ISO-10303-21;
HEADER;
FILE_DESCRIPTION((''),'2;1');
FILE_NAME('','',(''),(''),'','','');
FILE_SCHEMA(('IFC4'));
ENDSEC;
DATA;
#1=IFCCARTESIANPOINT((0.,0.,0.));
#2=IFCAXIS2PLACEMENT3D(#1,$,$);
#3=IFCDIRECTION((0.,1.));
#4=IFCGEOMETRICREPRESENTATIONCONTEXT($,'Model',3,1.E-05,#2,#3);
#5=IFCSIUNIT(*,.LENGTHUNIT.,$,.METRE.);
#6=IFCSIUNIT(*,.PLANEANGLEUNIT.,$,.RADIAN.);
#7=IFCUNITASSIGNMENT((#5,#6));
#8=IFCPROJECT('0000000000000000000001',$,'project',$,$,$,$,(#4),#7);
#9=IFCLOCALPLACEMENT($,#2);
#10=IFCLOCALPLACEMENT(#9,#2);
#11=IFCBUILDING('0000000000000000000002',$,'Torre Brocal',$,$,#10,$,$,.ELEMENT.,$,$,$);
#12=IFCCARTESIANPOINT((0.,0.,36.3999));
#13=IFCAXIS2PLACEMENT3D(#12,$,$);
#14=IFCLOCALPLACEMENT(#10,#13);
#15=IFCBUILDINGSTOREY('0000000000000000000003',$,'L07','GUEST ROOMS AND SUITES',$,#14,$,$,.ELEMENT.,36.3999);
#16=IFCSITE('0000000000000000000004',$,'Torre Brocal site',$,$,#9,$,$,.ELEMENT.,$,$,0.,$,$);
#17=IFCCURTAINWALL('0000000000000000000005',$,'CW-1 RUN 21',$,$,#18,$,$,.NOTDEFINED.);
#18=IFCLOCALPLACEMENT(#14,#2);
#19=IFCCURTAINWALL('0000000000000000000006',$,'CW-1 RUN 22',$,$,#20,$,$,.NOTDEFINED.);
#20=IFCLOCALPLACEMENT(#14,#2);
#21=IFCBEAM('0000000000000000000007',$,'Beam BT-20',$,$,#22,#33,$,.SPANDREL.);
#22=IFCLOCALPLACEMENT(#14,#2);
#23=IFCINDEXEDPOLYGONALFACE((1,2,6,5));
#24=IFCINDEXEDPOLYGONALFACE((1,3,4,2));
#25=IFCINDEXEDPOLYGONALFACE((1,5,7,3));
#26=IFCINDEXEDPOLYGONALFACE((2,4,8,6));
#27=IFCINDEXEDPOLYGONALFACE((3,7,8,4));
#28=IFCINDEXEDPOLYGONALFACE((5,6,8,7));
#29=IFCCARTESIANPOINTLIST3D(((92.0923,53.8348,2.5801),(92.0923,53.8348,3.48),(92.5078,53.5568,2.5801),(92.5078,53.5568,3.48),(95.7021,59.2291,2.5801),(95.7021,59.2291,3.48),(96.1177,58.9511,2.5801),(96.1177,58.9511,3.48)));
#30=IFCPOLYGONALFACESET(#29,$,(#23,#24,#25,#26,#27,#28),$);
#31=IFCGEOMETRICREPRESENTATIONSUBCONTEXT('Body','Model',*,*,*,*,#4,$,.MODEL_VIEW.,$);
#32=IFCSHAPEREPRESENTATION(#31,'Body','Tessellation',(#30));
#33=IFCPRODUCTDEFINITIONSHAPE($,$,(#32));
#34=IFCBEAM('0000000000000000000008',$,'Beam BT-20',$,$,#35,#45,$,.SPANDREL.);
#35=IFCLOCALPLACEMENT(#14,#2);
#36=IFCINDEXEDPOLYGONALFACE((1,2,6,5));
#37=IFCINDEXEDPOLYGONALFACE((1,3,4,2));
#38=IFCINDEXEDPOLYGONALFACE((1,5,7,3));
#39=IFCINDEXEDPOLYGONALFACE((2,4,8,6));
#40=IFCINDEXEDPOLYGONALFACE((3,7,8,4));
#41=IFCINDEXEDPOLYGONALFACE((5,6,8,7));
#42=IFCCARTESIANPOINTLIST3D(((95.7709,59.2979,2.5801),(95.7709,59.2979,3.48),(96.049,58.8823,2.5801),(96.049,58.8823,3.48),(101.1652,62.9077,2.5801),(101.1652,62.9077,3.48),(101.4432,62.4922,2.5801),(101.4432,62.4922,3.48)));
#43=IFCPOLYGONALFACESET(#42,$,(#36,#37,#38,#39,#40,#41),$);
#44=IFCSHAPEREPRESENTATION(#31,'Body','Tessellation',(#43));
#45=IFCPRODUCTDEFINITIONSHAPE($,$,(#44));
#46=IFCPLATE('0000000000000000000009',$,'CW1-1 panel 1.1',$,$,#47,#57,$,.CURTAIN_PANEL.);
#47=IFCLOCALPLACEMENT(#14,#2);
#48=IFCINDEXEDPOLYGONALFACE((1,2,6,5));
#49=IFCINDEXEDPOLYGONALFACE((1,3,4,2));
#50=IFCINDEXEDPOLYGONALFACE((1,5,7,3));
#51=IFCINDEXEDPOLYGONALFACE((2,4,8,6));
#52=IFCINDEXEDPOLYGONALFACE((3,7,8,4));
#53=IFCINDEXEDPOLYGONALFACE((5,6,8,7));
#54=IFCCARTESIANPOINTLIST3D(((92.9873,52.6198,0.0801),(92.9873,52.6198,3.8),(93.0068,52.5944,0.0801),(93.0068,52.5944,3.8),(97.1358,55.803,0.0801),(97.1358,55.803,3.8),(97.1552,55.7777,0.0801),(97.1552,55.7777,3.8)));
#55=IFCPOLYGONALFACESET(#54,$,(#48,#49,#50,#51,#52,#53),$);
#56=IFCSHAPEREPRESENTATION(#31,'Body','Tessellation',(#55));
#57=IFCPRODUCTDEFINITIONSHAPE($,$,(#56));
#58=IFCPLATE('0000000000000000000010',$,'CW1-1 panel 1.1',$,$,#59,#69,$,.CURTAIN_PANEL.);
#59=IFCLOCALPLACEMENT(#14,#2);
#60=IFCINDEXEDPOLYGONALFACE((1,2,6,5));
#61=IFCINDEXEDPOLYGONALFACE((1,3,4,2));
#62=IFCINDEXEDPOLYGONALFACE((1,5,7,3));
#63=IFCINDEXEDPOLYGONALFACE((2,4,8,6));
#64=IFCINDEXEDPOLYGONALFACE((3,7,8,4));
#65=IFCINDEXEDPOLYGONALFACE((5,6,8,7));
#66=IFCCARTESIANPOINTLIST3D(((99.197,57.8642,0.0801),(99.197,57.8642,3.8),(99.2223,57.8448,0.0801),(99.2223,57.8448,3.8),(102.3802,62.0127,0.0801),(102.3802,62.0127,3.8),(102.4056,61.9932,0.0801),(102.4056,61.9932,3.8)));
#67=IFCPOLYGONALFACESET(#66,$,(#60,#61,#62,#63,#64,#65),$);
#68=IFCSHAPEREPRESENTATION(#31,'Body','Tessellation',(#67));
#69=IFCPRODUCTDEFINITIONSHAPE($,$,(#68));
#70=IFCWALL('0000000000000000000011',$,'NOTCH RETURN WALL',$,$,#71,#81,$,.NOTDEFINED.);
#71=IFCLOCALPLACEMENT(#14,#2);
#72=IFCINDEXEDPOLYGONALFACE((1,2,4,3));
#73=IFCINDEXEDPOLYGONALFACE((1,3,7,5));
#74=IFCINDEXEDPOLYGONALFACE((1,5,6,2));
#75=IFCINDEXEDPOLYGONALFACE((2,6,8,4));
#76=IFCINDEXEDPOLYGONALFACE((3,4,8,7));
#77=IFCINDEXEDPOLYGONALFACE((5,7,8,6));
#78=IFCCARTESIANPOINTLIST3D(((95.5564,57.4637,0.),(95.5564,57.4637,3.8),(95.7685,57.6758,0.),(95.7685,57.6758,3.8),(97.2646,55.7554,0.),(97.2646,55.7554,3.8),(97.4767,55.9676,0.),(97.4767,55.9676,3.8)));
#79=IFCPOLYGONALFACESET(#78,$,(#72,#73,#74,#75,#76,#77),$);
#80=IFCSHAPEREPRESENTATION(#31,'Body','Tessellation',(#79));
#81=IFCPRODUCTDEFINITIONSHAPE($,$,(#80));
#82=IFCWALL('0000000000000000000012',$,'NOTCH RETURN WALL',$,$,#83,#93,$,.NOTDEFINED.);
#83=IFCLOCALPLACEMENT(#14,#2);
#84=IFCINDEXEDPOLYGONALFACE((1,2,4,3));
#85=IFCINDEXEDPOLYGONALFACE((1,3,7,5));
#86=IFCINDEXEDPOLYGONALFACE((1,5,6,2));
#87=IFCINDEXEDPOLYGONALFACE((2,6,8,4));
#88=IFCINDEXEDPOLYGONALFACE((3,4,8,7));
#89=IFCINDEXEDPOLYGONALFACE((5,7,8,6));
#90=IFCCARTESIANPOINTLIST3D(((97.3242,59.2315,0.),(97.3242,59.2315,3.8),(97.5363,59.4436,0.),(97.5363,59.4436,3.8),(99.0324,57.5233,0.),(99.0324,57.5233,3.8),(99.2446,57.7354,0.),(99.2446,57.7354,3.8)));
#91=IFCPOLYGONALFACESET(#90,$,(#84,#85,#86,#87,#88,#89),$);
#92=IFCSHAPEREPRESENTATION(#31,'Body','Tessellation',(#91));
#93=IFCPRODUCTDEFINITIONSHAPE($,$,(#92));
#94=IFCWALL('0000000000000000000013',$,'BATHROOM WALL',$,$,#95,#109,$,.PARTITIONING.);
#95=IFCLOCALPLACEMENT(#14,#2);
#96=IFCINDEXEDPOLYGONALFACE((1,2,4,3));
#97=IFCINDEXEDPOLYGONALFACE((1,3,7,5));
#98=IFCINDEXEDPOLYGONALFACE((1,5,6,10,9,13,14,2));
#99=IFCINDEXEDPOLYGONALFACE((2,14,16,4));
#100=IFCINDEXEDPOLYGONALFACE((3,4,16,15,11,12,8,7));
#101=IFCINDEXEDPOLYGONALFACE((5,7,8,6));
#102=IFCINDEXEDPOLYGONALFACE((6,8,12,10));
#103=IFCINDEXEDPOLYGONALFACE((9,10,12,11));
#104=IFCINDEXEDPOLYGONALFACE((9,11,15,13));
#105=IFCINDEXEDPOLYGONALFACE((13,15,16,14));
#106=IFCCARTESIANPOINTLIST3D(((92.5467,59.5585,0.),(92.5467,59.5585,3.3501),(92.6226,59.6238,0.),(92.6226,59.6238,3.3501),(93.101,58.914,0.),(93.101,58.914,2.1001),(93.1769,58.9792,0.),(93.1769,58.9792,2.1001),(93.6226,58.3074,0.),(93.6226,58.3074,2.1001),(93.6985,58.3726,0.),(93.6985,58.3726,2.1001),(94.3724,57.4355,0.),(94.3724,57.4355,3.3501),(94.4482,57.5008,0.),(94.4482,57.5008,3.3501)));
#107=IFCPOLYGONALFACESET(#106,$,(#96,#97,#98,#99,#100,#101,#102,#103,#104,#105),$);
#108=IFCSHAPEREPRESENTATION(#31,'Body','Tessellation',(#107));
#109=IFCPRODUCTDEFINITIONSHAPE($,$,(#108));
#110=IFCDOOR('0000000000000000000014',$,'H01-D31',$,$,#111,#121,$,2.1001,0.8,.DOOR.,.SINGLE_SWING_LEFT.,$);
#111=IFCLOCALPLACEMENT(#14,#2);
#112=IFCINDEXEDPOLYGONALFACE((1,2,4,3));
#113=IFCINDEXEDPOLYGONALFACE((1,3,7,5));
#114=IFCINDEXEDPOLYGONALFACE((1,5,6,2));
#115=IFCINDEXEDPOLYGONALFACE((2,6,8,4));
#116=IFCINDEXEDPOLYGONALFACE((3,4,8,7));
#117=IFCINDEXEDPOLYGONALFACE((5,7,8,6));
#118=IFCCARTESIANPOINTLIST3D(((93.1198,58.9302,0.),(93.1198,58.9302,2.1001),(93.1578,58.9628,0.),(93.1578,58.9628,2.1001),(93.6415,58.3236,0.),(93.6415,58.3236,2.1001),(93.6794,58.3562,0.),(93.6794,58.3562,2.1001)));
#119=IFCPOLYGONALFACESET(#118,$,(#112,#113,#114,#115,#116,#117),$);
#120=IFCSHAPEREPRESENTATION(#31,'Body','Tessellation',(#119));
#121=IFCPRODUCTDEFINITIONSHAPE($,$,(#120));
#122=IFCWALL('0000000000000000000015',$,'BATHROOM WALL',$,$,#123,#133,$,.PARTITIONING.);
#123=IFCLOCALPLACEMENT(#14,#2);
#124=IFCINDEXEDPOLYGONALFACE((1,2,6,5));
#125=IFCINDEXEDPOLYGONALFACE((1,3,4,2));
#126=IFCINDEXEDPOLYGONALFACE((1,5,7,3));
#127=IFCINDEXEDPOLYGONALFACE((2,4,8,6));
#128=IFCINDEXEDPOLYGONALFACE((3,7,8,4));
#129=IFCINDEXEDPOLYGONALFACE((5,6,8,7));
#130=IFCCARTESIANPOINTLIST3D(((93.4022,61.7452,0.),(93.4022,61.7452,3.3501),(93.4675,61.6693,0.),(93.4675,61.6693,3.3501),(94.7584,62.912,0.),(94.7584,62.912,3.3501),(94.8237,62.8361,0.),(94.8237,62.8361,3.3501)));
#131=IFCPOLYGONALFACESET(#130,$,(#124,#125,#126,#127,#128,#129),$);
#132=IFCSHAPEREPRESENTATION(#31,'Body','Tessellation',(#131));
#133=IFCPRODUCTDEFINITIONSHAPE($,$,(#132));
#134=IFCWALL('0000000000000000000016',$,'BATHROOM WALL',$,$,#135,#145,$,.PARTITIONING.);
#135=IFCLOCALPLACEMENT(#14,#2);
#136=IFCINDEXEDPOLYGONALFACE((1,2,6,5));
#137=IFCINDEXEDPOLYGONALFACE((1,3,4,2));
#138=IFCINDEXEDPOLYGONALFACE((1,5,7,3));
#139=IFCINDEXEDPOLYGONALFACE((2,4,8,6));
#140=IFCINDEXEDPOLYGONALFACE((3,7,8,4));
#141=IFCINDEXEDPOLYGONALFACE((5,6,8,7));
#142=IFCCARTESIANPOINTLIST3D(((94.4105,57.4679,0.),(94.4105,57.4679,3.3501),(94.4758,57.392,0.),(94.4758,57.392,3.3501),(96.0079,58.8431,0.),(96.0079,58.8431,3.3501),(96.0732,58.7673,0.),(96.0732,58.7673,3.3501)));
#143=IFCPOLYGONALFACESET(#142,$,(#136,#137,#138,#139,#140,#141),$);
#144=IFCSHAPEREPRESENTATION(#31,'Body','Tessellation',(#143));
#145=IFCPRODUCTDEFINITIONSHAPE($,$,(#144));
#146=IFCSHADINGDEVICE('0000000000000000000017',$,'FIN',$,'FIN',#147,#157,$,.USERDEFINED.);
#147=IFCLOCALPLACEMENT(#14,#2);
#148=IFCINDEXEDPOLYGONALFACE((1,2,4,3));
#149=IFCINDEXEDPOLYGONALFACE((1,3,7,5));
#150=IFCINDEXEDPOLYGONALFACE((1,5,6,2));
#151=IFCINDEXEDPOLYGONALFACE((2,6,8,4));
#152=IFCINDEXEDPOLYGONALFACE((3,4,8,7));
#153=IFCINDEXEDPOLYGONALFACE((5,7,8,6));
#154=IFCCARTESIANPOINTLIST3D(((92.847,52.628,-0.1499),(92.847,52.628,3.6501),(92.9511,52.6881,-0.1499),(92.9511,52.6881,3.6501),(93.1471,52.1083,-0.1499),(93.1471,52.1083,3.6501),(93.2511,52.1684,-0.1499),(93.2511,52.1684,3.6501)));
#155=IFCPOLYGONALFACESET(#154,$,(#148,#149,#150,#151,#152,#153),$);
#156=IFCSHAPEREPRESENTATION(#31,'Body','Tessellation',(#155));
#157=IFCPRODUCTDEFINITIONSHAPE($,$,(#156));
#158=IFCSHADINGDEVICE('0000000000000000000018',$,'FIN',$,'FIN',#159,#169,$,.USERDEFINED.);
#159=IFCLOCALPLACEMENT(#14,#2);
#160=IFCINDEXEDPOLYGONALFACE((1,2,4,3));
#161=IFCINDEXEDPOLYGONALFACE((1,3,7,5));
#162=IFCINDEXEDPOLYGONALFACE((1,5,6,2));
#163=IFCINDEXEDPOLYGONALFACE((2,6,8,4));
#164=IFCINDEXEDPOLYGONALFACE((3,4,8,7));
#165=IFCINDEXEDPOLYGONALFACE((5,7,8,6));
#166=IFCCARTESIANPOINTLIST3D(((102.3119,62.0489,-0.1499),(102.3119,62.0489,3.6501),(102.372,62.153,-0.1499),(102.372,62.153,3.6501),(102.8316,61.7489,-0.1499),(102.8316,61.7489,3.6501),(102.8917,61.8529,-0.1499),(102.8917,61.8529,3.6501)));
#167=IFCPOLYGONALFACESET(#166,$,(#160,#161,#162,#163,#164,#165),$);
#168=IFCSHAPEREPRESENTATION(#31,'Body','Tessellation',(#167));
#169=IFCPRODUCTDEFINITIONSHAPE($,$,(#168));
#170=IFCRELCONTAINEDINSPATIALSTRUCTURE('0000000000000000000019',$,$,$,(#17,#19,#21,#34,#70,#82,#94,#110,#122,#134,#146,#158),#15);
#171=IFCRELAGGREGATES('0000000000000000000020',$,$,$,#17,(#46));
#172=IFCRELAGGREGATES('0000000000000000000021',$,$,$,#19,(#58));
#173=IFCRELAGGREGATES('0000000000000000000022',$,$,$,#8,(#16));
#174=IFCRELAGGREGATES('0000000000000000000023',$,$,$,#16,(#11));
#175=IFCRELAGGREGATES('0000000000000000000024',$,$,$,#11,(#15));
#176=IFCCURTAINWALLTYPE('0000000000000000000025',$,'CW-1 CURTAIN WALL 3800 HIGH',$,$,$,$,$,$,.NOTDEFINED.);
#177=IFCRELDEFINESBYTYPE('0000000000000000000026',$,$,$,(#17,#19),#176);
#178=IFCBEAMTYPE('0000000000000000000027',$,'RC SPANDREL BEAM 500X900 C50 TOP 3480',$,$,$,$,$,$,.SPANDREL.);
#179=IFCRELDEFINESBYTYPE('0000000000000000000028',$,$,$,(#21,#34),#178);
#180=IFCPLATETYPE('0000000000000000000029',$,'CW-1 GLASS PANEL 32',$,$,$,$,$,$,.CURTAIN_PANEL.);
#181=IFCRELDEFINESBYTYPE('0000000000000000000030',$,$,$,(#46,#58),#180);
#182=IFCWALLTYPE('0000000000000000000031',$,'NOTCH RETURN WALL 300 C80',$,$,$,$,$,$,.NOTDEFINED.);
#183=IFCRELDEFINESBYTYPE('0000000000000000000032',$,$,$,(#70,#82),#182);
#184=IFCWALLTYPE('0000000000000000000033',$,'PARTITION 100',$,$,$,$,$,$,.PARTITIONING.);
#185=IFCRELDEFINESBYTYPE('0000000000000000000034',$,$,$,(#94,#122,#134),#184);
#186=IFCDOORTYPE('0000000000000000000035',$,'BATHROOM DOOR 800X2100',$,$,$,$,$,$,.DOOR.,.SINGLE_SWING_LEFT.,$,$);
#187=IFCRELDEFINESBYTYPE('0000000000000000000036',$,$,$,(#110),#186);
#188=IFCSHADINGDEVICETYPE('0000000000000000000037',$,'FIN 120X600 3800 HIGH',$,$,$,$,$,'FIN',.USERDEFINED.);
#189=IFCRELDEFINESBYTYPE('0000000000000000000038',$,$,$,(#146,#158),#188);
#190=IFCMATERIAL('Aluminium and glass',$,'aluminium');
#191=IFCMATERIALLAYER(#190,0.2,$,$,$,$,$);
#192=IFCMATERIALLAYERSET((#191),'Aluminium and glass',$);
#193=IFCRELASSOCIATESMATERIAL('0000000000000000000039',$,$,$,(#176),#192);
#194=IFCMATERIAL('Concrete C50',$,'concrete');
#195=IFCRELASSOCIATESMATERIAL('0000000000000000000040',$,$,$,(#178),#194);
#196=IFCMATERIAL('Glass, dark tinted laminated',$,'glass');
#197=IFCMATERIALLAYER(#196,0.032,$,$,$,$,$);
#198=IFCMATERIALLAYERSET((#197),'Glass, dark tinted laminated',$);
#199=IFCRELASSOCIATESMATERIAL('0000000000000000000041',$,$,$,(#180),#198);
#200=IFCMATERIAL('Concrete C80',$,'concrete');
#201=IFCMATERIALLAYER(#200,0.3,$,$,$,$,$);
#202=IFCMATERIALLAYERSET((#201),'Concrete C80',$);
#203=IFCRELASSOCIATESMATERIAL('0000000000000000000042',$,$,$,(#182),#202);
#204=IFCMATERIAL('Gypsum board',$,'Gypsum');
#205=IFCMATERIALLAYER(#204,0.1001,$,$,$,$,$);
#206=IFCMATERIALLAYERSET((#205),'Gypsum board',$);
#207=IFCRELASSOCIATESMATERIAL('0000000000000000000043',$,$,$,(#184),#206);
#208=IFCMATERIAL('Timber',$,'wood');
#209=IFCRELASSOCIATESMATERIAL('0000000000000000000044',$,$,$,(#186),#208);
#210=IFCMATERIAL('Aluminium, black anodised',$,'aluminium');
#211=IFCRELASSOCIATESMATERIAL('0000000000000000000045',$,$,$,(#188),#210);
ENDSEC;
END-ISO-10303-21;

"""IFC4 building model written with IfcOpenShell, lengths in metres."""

from ifc_helpers import new_model, si_unit, direction, frame, frame_2d, origin, origin_2d, place, context, subcontext, project, spatial, rectangle, extrude, material, layer, layer_set, material_profile, profile_set, type_object, element, fill, aggregate, save


model = new_model("IFC4")

# Units and contexts
model_context = context("Model", 3, precision=1e-05, world=origin(), true_north=direction((0.0, 1.0)))
body_context = subcontext(model_context, "Body", "Model", "MODEL_VIEW")
ifc_project = project(units=[si_unit("LENGTHUNIT", "METRE"), si_unit("PLANEANGLEUNIT", "RADIAN")], contexts=[model_context])

# Site, building, storey
site_placement = place(None, origin())
site = spatial("IfcSite", under=ifc_project, at=site_placement, Name="Torre Brocal site", CompositionType="ELEMENT", RefElevation=0.0)
building_placement = place(site_placement, origin())
building = spatial("IfcBuilding", under=site, at=building_placement, Name="Torre Brocal", CompositionType="ELEMENT")
storey_placement = place(building_placement, frame((0.0, 0.0, 36.3999)))
storey = spatial("IfcBuildingStorey", under=building, at=storey_placement, Name="L07", Description="GUEST ROOMS AND SUITES", CompositionType="ELEMENT", Elevation=36.3999)

# Shared definitions
ifc_material_1 = material(Name="Aluminium and glass", Category="aluminium")
ifc_layer_1 = layer(ifc_material_1, 0.2)
ifc_layer_set_1 = layer_set([ifc_layer_1], Name="Aluminium and glass")
curtain_wall_type = type_object("IfcCurtainWallType", Name="CW-1 CURTAIN WALL 3800 HIGH", PredefinedType="NOTDEFINED", material=ifc_layer_set_1)

# Curtain walls
curtain_wall_1_placement = place(storey_placement, origin())
curtain_wall_1 = element("IfcCurtainWall", 1, at=curtain_wall_1_placement, inside=storey, type_object=curtain_wall_type, Name="CW-1 RUN 21", PredefinedType="NOTDEFINED")
curtain_wall_2_placement = place(storey_placement, origin())
curtain_wall_2 = element("IfcCurtainWall", 2, at=curtain_wall_2_placement, inside=storey, type_object=curtain_wall_type, Name="CW-1 RUN 22", PredefinedType="NOTDEFINED")

# Beams
ifc_material_2 = material(Name="Concrete C50", Category="concrete")
ifc_material_profile_1 = material_profile(ifc_material_2, rectangle(XDim=0.5, YDim=0.8999, at=origin_2d()), Name="RC 500X900")
ifc_profile_set_1 = profile_set([ifc_material_profile_1], Name="Concrete C50")
beam_type_1 = type_object("IfcBeamType", Name="RC SPANDREL BEAM 500X900 C50 TOP 3480", PredefinedType="SPANDREL", material=ifc_profile_set_1)
for number, where, z_axis, x_axis, name in (
    (3, (92.3, 53.6958, 3.03), (0.556158, 0.831077, 0.0), (-0.831077, 0.556158, 0.0), "Beam BT-20"),
    (4, (95.9099, 59.0901, 3.03), (0.831077, 0.556158, 0.0), (-0.556158, 0.831077, 0.0), "Beam BT-20"),
):
    element("IfcBeam", number, at=place(storey_placement, frame(where, z_axis=z_axis, x_axis=x_axis)), inside=storey, type_object=beam_type_1, Name=name, PredefinedType="SPANDREL", context=body_context, shape_type="SweptSolid", body=[
        extrude(rectangle(XDim=0.5, YDim=0.8999, at=origin_2d()), origin(), (0.0, 0.0, 1.0), 6.4907),
    ])

# Plates
ifc_material_3 = material(Name="Glass, dark tinted laminated", Category="glass")
ifc_layer_2 = layer(ifc_material_3, 0.032)
ifc_layer_set_2 = layer_set([ifc_layer_2], Name="Glass, dark tinted laminated")
plate_type = type_object("IfcPlateType", Name="CW-1 GLASS PANEL 32", PredefinedType="CURTAIN_PANEL", material=ifc_layer_set_2)
plate_1_placement = place(storey_placement, frame((95.0713, 54.1987, 0.0801), z_axis=(0.0, 0.0, 1.0), x_axis=(0.793353, 0.608761, 0.0)))
plate_1 = element("IfcPlate", 5, at=plate_1_placement, type_object=plate_type, Name="CW1-1 panel 1.1", PredefinedType="CURTAIN_PANEL", context=body_context, shape_type="SweptSolid", body=[
    extrude(rectangle(XDim=5.229, YDim=0.032, at=origin_2d()), origin(), (0.0, 0.0, 1.0), 3.72),
])
aggregate(curtain_wall_1, [plate_1])
plate_2_placement = place(storey_placement, frame((100.8013, 59.9287, 0.0801), z_axis=(0.0, 0.0, 1.0), x_axis=(0.608761, 0.793353, 0.0)))
plate_2 = element("IfcPlate", 6, at=plate_2_placement, type_object=plate_type, Name="CW1-1 panel 1.1", PredefinedType="CURTAIN_PANEL", context=body_context, shape_type="SweptSolid", body=[
    extrude(rectangle(XDim=5.229, YDim=0.032, at=origin_2d()), origin(), (0.0, 0.0, 1.0), 3.72),
])
aggregate(curtain_wall_2, [plate_2])

# Walls
ifc_material_4 = material(Name="Concrete C80", Category="concrete")
ifc_layer_3 = layer(ifc_material_4, 0.3)
ifc_layer_set_3 = layer_set([ifc_layer_3], Name="Concrete C80")
wall_type_1 = type_object("IfcWallType", Name="NOTCH RETURN WALL 300 C80", PredefinedType="NOTDEFINED", material=ifc_layer_set_3)
for number, where, z_axis, x_axis, name in (
    (7, (95.6624, 57.5698, 0.0), (0.0, 0.0, 1.0), (0.707107, -0.707107, 0.0), "NOTCH RETURN WALL"),
    (8, (97.4302, 59.3376, 0.0), (0.0, 0.0, 1.0), (0.707107, -0.707107, 0.0), "NOTCH RETURN WALL"),
):
    element("IfcWall", number, at=place(storey_placement, frame(where, z_axis=z_axis, x_axis=x_axis)), inside=storey, type_object=wall_type_1, Name=name, PredefinedType="NOTDEFINED", context=body_context, shape_type="SweptSolid", body=[
        extrude(rectangle(XDim=2.4158, YDim=0.3, at=frame_2d((1.208, 0.0))), origin(), (0.0, 0.0, 1.0), 3.8),
    ])

# Wall, opening, door
ifc_material_5 = material(Name="Gypsum board", Category="Gypsum")
ifc_layer_4 = layer(ifc_material_5, 0.1001)
ifc_layer_set_4 = layer_set([ifc_layer_4], Name="Gypsum board")
wall_type_2 = type_object("IfcWallType", Name="PARTITION 100", PredefinedType="PARTITIONING", material=ifc_layer_set_4)
wall_1_placement = place(storey_placement, frame((92.5847, 59.5911, 0.0), z_axis=(0.0, 0.0, 1.0), x_axis=(0.652011, -0.758209, 0.0)))
wall_1 = element("IfcWall", 9, at=wall_1_placement, inside=storey, type_object=wall_type_2, Name="BATHROOM WALL", PredefinedType="PARTITIONING", context=body_context, shape_type="SweptSolid", body=[
    extrude(rectangle(XDim=2.8, YDim=0.1001, at=frame_2d((1.3999, 0.0))), origin(), (0.0, 0.0, 1.0), 3.3501),
])
opening_placement = place(wall_1_placement, frame((0.8501, 0.0, 0.0)))
opening = element("IfcOpeningElement", 10, at=opening_placement, cuts=wall_1, PredefinedType="OPENING", context=body_context, shape_type="SweptSolid", body=[
    extrude(rectangle(XDim=0.8, YDim=2.1001, at=frame_2d((0.3999, 1.05))), frame((0.0, 0.0601, 0.0), z_axis=(0.0, -1.0, 0.0), x_axis=(1.0, 0.0, 0.0)), (0.0, 0.0, 1.0), 0.1201),
])
ifc_material_6 = material(Name="Timber", Category="wood")
door_type = type_object("IfcDoorType", Name="BATHROOM DOOR 800X2100", OperationType="SINGLE_SWING_LEFT", PredefinedType="DOOR", material=ifc_material_6)
door_placement = place(opening_placement, origin())
door = element("IfcDoor", 11, at=door_placement, inside=storey, type_object=door_type, Name="H01-D31", OperationType="SINGLE_SWING_LEFT", OverallHeight=2.1001, OverallWidth=0.8, PredefinedType="DOOR", context=body_context, shape_type="SweptSolid", body=[
    extrude(rectangle(XDim=0.8, YDim=2.1001, at=frame_2d((0.3999, 1.05))), frame((0.0, 0.0249, 0.0), z_axis=(0.0, -1.0, 0.0), x_axis=(1.0, 0.0, 0.0)), (0.0, 0.0, 1.0), 0.05),
])
fill(opening, door)

# Walls
wall_2_placement = place(storey_placement, frame((93.4348, 61.7073, 0.0), z_axis=(0.0, 0.0, 1.0), x_axis=(0.75807, 0.652173, 0.0)))
element("IfcWall", 12, at=wall_2_placement, inside=storey, type_object=wall_type_2, Name="BATHROOM WALL", PredefinedType="PARTITIONING", context=body_context, shape_type="SweptSolid", body=[
    extrude(rectangle(XDim=1.7891, YDim=0.1001, at=frame_2d((0.8945, 0.0))), origin(), (0.0, 0.0, 1.0), 3.3501),
])
wall_3_placement = place(storey_placement, frame((94.4431, 57.4299, 0.0), z_axis=(0.0, 0.0, 1.0), x_axis=(0.75784, 0.65244, 0.0)))
element("IfcWall", 13, at=wall_3_placement, inside=storey, type_object=wall_type_2, Name="BATHROOM WALL", PredefinedType="PARTITIONING", context=body_context, shape_type="SweptSolid", body=[
    extrude(rectangle(XDim=2.1079, YDim=0.1001, at=frame_2d((1.054, 0.0))), origin(), (0.0, 0.0, 1.0), 3.3501),
])

# Shading devices
ifc_material_7 = material(Name="Aluminium, black anodised", Category="aluminium")
ifc_material_profile_2 = material_profile(ifc_material_7, rectangle(XDim=0.1201, YDim=0.6001, at=origin_2d()), Name="FIN 120X600 3800 HIGH")
ifc_profile_set_2 = profile_set([ifc_material_profile_2], Name="Aluminium, black anodised")
shading_device_type = type_object("IfcShadingDeviceType", Name="FIN 120X600 3800 HIGH", ElementType="FIN", PredefinedType="USERDEFINED", material=ifc_profile_set_2)
for number, where, z_axis, x_axis, name in (
    (14, (93.0491, 52.3982, -0.1499), (0.0, 0.0, 1.0), (0.866025, 0.5, 0.0), "FIN"),
    (15, (102.6018, 61.9509, -0.1499), (0.0, 0.0, 1.0), (0.5, 0.866025, 0.0), "FIN"),
):
    element("IfcShadingDevice", number, at=place(storey_placement, frame(where, z_axis=z_axis, x_axis=x_axis)), inside=storey, type_object=shading_device_type, Name=name, ObjectType="FIN", PredefinedType="USERDEFINED", context=body_context, shape_type="SweptSolid", body=[
        extrude(rectangle(XDim=0.1201, YDim=0.6001, at=origin_2d()), origin(), (0.0, 0.0, 1.0), 3.8),
    ])

save(model, "model.ifc")
